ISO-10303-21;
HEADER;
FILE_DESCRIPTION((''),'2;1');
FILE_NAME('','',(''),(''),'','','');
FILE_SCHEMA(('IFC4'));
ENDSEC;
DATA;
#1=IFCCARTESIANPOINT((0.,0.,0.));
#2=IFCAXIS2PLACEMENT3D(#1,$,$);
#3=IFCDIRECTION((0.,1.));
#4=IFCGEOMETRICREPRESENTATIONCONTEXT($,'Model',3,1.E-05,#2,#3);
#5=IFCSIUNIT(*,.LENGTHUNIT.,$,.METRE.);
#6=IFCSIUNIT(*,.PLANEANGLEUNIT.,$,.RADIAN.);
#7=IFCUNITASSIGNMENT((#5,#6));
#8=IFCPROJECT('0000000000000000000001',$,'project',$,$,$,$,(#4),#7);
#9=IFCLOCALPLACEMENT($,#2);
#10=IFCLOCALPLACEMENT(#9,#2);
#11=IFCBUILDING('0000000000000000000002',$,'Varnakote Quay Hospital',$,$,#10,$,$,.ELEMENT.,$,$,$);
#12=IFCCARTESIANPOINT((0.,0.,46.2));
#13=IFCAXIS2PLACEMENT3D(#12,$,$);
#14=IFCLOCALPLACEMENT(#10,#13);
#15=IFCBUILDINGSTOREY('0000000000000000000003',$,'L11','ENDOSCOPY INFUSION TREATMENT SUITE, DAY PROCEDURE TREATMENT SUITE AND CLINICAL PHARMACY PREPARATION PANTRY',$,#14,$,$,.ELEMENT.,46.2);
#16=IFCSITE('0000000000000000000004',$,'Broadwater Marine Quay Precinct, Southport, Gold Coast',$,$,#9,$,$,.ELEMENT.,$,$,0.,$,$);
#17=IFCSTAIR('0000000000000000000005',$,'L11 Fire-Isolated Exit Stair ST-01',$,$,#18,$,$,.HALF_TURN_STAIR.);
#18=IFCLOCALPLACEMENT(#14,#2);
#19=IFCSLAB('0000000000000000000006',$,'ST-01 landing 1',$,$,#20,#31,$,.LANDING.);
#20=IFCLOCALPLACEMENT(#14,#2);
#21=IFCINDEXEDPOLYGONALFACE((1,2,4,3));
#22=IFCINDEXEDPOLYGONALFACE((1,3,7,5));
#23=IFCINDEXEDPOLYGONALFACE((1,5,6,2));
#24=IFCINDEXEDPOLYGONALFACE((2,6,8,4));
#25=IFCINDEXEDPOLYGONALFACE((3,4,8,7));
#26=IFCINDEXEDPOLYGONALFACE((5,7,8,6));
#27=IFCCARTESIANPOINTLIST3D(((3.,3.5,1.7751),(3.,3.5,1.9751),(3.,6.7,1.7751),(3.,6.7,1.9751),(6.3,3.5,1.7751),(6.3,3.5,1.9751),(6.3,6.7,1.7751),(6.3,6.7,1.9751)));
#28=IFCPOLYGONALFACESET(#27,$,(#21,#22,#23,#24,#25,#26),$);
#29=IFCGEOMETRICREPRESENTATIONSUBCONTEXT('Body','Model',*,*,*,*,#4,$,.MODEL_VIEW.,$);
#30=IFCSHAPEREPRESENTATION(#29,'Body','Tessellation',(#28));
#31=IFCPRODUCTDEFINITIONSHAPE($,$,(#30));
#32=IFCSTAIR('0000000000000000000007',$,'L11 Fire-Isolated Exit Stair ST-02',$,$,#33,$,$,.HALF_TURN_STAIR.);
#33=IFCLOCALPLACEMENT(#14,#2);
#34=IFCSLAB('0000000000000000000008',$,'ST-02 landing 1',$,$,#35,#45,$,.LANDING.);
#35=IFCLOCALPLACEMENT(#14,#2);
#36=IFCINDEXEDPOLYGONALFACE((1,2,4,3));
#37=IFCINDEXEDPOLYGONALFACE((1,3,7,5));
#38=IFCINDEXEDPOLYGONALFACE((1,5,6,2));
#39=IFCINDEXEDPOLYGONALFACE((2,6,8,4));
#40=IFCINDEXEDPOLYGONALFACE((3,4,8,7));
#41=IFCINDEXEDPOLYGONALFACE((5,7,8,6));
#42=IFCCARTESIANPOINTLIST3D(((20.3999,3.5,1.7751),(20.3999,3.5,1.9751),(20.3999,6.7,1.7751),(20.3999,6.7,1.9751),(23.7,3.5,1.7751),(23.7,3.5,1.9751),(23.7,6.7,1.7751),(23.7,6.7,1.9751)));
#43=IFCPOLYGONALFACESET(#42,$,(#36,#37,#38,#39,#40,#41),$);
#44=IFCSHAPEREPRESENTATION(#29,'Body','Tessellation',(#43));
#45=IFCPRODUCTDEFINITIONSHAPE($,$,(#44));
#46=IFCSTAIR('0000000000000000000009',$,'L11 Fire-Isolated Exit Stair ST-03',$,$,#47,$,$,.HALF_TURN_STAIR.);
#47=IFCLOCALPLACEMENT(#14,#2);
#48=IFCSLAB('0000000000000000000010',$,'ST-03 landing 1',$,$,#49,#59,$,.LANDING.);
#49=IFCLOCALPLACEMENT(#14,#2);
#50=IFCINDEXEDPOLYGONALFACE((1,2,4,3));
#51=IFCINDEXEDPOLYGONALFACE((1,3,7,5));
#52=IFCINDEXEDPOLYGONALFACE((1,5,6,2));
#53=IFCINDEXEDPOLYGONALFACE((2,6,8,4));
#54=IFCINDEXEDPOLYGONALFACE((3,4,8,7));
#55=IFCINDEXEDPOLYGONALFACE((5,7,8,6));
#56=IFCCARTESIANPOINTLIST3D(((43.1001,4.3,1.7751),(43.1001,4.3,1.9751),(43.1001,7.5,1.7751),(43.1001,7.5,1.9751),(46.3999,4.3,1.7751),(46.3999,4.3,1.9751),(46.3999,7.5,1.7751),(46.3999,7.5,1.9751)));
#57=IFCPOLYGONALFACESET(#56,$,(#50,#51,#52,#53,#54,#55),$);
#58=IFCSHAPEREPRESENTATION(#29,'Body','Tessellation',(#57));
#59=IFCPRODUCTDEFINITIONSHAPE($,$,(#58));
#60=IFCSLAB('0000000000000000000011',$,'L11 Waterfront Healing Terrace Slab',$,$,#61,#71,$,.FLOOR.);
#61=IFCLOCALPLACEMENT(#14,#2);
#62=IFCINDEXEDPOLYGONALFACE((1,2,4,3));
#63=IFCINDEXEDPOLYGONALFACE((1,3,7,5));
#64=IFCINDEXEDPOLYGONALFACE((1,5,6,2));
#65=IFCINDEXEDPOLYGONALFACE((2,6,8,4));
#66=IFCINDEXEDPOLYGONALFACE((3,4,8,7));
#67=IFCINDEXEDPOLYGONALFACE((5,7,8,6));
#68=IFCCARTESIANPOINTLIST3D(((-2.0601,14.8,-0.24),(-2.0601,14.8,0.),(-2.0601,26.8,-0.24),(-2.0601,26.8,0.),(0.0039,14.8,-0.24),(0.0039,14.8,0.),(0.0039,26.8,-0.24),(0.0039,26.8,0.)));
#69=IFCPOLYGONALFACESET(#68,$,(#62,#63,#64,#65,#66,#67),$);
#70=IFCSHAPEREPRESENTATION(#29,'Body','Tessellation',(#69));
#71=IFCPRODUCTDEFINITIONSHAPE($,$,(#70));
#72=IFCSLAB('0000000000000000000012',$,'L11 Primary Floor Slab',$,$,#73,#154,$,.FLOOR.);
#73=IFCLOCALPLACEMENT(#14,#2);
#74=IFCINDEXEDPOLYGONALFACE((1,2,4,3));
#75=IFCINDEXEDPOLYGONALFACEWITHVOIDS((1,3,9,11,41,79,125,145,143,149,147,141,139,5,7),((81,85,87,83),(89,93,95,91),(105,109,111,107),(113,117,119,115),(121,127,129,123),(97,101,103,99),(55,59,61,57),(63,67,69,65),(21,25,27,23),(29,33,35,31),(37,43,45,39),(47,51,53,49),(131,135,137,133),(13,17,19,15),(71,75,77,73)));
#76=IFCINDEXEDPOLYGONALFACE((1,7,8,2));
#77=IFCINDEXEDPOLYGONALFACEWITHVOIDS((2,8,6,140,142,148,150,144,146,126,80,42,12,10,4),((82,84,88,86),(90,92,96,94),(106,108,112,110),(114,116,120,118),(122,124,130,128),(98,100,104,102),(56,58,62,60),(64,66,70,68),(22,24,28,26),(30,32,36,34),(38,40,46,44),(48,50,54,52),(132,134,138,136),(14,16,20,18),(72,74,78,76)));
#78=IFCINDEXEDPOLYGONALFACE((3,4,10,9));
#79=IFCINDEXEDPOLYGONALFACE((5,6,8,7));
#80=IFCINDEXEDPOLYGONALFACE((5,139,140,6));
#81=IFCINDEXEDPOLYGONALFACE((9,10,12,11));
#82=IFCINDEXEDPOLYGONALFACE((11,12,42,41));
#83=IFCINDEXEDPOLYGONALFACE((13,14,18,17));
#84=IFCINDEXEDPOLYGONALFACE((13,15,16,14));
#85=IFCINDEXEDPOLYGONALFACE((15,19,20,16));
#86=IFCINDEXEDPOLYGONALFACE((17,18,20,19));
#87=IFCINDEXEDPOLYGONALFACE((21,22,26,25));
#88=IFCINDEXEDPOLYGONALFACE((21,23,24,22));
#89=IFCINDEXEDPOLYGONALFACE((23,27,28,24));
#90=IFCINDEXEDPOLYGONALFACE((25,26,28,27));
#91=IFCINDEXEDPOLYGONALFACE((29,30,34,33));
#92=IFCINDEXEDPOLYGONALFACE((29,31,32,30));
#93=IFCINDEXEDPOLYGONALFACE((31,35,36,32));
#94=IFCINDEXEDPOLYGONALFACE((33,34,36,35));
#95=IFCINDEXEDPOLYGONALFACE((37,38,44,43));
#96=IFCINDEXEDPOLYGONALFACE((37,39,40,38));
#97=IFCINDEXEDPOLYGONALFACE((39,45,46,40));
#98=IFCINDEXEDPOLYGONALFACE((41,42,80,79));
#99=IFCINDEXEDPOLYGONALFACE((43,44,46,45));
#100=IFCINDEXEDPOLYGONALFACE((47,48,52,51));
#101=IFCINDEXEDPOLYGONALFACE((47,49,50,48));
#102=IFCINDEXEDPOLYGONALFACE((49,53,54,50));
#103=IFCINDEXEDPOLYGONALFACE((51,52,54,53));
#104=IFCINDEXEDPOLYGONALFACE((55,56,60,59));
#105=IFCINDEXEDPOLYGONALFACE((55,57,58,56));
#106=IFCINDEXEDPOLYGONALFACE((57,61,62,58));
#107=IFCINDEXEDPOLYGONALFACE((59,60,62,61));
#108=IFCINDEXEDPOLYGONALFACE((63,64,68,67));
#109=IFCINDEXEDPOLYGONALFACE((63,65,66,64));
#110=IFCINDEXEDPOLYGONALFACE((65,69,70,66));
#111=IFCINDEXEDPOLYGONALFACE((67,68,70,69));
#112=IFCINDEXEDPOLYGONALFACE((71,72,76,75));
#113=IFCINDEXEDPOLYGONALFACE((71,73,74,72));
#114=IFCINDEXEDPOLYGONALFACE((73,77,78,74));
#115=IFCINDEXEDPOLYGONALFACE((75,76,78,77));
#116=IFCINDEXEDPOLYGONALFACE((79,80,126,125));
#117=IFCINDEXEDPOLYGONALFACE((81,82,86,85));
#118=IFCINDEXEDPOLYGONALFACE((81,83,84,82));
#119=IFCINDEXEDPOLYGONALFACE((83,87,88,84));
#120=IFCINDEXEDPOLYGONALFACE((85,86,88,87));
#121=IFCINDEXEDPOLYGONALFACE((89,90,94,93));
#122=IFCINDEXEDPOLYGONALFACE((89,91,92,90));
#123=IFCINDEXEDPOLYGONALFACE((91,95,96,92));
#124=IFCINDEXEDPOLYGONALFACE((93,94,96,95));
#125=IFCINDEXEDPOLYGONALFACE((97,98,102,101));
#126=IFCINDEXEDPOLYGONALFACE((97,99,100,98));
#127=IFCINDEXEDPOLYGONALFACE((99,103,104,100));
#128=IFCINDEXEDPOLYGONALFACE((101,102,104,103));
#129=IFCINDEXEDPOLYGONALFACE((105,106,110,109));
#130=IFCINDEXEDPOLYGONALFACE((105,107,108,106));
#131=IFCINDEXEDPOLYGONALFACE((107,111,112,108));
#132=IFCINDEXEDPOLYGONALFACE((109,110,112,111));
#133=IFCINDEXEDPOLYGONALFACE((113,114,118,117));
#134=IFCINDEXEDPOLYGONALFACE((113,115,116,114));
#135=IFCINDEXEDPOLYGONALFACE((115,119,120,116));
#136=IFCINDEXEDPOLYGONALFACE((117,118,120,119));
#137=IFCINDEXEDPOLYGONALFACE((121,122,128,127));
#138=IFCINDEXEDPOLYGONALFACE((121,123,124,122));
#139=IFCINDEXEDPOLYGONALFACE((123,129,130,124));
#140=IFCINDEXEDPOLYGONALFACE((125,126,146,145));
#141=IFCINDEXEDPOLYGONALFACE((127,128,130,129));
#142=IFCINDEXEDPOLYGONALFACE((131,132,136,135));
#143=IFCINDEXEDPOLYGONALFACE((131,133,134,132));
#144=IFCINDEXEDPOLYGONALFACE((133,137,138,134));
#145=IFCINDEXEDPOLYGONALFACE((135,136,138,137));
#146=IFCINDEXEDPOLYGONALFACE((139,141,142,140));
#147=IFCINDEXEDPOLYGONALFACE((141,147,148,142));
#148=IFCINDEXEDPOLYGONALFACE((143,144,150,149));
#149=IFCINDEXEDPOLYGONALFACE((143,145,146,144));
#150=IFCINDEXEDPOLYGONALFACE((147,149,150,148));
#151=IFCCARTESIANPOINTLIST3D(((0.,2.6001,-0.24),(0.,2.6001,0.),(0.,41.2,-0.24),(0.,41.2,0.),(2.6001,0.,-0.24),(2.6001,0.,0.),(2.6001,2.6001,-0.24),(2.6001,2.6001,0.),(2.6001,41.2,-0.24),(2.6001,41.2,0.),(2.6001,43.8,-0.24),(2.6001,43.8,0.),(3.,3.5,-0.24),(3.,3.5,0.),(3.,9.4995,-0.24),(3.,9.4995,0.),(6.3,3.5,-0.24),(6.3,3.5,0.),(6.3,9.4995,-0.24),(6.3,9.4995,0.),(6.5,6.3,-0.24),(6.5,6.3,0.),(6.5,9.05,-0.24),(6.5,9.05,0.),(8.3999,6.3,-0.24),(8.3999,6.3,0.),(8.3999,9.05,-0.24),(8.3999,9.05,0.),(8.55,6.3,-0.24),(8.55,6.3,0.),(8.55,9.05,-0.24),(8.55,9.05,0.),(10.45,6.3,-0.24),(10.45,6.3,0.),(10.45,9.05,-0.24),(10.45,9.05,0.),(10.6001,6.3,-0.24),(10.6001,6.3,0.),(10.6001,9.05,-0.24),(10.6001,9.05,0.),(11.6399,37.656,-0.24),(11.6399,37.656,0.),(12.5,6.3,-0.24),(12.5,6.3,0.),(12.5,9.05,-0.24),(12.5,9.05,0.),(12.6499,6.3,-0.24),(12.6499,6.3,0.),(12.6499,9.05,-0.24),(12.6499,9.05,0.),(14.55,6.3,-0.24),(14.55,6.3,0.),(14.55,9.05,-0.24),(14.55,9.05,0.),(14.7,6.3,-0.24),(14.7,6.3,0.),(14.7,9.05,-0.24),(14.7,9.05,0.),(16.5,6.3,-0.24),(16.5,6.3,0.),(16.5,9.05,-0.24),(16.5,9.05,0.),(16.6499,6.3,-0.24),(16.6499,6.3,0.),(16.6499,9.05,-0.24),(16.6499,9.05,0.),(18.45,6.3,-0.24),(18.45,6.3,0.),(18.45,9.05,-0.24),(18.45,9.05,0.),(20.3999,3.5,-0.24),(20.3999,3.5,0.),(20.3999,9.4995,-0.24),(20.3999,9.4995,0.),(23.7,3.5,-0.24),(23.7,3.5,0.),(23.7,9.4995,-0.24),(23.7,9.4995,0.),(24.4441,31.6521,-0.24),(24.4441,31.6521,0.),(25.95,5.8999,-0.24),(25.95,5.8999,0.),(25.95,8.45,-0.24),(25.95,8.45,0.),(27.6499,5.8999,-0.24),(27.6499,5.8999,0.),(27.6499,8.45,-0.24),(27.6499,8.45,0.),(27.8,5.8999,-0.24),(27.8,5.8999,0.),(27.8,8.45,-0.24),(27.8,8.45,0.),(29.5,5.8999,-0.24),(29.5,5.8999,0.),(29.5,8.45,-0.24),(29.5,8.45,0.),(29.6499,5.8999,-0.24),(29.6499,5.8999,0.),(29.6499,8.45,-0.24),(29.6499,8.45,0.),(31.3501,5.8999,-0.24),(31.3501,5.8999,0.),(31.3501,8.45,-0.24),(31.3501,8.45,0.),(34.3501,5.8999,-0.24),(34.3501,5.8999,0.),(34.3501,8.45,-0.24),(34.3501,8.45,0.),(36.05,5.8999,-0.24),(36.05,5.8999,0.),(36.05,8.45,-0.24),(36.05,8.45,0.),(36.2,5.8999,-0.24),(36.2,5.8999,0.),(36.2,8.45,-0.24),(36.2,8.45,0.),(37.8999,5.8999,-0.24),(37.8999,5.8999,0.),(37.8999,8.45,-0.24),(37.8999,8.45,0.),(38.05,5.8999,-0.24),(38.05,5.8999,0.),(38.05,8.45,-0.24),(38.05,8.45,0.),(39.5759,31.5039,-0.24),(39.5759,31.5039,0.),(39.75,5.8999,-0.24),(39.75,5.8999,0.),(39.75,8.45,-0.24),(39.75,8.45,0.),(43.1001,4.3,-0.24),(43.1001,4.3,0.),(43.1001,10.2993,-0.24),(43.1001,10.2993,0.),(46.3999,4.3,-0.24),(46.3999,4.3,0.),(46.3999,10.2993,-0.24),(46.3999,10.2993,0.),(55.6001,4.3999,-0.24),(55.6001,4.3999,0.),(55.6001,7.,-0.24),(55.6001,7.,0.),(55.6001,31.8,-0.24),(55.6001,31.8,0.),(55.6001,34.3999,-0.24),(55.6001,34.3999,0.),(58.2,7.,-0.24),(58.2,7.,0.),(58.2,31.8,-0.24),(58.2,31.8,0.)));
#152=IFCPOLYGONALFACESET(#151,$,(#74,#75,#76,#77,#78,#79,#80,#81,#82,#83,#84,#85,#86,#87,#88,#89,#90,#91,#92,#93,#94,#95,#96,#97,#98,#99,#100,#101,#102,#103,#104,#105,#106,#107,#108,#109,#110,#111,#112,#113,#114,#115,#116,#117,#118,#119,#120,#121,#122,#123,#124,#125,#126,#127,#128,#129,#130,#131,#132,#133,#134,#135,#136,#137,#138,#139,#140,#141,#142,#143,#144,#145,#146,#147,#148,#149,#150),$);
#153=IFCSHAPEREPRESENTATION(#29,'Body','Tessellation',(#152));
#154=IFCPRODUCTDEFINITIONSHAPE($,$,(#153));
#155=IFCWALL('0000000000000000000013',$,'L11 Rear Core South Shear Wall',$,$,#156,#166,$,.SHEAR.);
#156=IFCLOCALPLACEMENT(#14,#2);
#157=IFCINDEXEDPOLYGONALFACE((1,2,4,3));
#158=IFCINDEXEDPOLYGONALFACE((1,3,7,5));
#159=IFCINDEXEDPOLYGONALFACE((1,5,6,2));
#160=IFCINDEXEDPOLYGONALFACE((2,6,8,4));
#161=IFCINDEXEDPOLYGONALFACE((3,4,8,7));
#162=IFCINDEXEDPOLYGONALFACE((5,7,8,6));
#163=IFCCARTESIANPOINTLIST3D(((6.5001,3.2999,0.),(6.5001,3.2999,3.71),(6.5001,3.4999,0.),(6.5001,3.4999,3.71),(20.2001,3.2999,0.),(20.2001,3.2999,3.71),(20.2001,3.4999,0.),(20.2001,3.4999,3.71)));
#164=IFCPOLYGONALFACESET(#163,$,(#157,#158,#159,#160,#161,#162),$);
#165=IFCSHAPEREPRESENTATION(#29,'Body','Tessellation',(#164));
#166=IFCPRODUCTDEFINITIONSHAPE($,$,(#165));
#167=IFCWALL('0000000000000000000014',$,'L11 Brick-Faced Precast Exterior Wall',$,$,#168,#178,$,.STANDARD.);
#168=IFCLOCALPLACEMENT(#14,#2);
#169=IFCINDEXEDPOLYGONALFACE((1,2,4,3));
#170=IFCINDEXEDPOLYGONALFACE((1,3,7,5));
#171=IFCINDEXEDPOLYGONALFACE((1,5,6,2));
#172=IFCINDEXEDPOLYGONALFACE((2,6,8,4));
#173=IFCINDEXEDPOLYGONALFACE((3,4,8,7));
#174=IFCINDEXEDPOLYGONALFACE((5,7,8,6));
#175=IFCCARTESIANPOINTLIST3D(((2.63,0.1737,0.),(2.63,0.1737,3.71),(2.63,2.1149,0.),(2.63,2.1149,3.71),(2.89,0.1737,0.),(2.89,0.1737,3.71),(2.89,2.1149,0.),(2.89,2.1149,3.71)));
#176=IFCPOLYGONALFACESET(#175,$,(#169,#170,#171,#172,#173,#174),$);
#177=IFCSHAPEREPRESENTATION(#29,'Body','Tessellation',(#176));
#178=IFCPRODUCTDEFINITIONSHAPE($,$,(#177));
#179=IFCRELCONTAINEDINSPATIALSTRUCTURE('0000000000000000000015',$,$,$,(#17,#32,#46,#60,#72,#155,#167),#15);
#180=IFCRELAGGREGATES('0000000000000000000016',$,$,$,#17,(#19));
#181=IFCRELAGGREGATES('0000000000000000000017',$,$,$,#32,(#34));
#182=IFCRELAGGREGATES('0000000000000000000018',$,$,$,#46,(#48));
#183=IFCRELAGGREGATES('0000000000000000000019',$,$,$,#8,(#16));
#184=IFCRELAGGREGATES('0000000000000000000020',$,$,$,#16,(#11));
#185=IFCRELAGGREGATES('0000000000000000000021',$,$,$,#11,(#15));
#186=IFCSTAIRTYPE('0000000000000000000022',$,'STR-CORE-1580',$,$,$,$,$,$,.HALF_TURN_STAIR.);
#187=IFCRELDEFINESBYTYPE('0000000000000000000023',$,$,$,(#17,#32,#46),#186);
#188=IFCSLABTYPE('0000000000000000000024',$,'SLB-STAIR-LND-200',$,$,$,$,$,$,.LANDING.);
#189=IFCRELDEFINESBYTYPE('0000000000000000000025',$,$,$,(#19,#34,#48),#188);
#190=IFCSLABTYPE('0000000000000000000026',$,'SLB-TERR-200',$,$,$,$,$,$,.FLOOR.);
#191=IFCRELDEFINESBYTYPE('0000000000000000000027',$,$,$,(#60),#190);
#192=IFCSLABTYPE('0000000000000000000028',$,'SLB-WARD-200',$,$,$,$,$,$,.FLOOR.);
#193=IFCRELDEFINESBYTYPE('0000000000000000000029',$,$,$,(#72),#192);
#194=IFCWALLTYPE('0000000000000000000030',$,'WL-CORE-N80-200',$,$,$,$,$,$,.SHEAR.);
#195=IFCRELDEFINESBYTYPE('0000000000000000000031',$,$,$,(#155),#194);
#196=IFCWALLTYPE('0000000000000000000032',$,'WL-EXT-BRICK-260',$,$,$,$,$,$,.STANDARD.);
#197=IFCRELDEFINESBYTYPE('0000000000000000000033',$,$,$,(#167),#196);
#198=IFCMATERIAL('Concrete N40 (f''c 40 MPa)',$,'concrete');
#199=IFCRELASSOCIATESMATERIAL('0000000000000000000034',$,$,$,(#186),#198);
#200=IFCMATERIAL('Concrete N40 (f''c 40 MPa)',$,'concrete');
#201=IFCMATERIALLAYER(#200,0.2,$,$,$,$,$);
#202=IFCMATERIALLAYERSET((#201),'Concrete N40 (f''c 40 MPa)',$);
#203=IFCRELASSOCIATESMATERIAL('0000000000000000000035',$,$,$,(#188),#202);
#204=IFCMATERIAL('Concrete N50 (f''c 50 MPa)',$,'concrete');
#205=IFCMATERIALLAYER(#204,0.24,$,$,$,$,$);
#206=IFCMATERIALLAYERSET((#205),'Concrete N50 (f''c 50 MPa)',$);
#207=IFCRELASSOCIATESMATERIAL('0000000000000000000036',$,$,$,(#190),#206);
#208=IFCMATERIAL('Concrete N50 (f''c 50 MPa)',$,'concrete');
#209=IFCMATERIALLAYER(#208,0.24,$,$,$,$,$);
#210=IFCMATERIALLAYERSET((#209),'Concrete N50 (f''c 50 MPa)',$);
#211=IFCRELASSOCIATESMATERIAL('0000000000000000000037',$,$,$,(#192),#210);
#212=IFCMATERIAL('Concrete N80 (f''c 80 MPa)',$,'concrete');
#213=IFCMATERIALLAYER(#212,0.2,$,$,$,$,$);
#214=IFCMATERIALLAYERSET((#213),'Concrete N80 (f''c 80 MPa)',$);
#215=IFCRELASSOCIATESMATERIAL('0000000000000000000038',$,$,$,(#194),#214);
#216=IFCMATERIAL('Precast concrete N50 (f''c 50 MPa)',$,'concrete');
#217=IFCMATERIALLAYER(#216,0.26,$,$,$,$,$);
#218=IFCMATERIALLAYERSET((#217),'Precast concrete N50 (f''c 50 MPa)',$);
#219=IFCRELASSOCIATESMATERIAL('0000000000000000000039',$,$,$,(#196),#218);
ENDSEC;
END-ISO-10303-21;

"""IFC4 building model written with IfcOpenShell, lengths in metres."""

from ifc_helpers import new_model, si_unit, direction, frame, frame_2d, origin, place, context, subcontext, project, spatial, polyline, rectangle, outline, extrude, material, layer, layer_set, type_object, element, aggregate, save


model = new_model("IFC4")

# Units and contexts
model_context = context("Model", 3, precision=1e-05, world=origin(), true_north=direction((0.0, 1.0)))
body_context = subcontext(model_context, "Body", "Model", "MODEL_VIEW")
ifc_project = project(units=[si_unit("LENGTHUNIT", "METRE"), si_unit("PLANEANGLEUNIT", "RADIAN")], contexts=[model_context])

# Site, building, storey
site_placement = place(None, origin())
site = spatial("IfcSite", under=ifc_project, at=site_placement, Name="Broadwater Marine Quay Precinct, Southport, Gold Coast", CompositionType="ELEMENT", RefElevation=0.0)
building_placement = place(site_placement, origin())
building = spatial("IfcBuilding", under=site, at=building_placement, Name="Varnakote Quay Hospital", CompositionType="ELEMENT")
storey_placement = place(building_placement, frame((0.0, 0.0, 46.2)))
storey = spatial("IfcBuildingStorey", under=building, at=storey_placement, Name="L11", Description="ENDOSCOPY INFUSION TREATMENT SUITE, DAY PROCEDURE TREATMENT SUITE AND CLINICAL PHARMACY PREPARATION PANTRY", CompositionType="ELEMENT", Elevation=46.2)

# Stairs, slabs
ifc_material_1 = material(Name="Concrete N40 (f'c 40 MPa)", Category="concrete")
stair_type = type_object("IfcStairType", Name="STR-CORE-1580", PredefinedType="HALF_TURN_STAIR", material=ifc_material_1)
stair_1_placement = place(storey_placement, origin())
stair_1 = element("IfcStair", 1, at=stair_1_placement, inside=storey, type_object=stair_type, Name="L11 Fire-Isolated Exit Stair ST-01", PredefinedType="HALF_TURN_STAIR")
ifc_material_2 = material(Name="Concrete N40 (f'c 40 MPa)", Category="concrete")
ifc_layer_1 = layer(ifc_material_2, 0.2)
ifc_layer_set_1 = layer_set([ifc_layer_1], Name="Concrete N40 (f'c 40 MPa)")
slab_type_1 = type_object("IfcSlabType", Name="SLB-STAIR-LND-200", PredefinedType="LANDING", material=ifc_layer_set_1)
slab_1_placement = place(storey_placement, frame((0.0, 0.0, 1.7751)))
slab_1 = element("IfcSlab", 2, at=slab_1_placement, type_object=slab_type_1, Name="ST-01 landing 1", PredefinedType="LANDING", context=body_context, shape_type="SweptSolid", body=[
    extrude(outline(polyline([(3.0, 6.7), (3.0, 3.5), (6.3, 3.5), (6.3, 6.7), (3.0, 6.7)])), origin(), (0.0, 0.0, 1.0), 0.2),
])
aggregate(stair_1, [slab_1])
stair_2_placement = place(storey_placement, origin())
stair_2 = element("IfcStair", 3, at=stair_2_placement, inside=storey, type_object=stair_type, Name="L11 Fire-Isolated Exit Stair ST-02", PredefinedType="HALF_TURN_STAIR")
slab_2_placement = place(storey_placement, frame((0.0, 0.0, 1.7751)))
slab_2 = element("IfcSlab", 4, at=slab_2_placement, type_object=slab_type_1, Name="ST-02 landing 1", PredefinedType="LANDING", context=body_context, shape_type="SweptSolid", body=[
    extrude(outline(polyline([(20.3999, 6.7), (20.3999, 3.5), (23.7, 3.5), (23.7, 6.7), (20.3999, 6.7)])), origin(), (0.0, 0.0, 1.0), 0.2),
])
aggregate(stair_2, [slab_2])
stair_3_placement = place(storey_placement, origin())
stair_3 = element("IfcStair", 5, at=stair_3_placement, inside=storey, type_object=stair_type, Name="L11 Fire-Isolated Exit Stair ST-03", PredefinedType="HALF_TURN_STAIR")
slab_3_placement = place(storey_placement, frame((0.0, 0.0, 1.7751)))
slab_3 = element("IfcSlab", 6, at=slab_3_placement, type_object=slab_type_1, Name="ST-03 landing 1", PredefinedType="LANDING", context=body_context, shape_type="SweptSolid", body=[
    extrude(outline(polyline([(43.1001, 7.5), (43.1001, 4.3), (46.3999, 4.3), (46.3999, 7.5), (43.1001, 7.5)])), origin(), (0.0, 0.0, 1.0), 0.2),
])
aggregate(stair_3, [slab_3])

# Slabs
ifc_material_3 = material(Name="Concrete N50 (f'c 50 MPa)", Category="concrete")
ifc_layer_2 = layer(ifc_material_3, 0.24)
ifc_layer_set_2 = layer_set([ifc_layer_2], Name="Concrete N50 (f'c 50 MPa)")
slab_type_2 = type_object("IfcSlabType", Name="SLB-TERR-200", PredefinedType="FLOOR", material=ifc_layer_set_2)
slab_4_placement = place(storey_placement, frame((0.0, 0.0, -0.24)))
element("IfcSlab", 7, at=slab_4_placement, inside=storey, type_object=slab_type_2, Name="L11 Waterfront Healing Terrace Slab", PredefinedType="FLOOR", context=body_context, shape_type="SweptSolid", body=[
    extrude(outline(polyline([(0.0039, 14.8), (0.0039, 26.8), (-2.0601, 26.8), (-2.0601, 14.8), (0.0039, 14.8)])), origin(), (0.0, 0.0, 1.0), 0.24),
])
ifc_material_4 = material(Name="Concrete N50 (f'c 50 MPa)", Category="concrete")
ifc_layer_3 = layer(ifc_material_4, 0.24)
ifc_layer_set_3 = layer_set([ifc_layer_3], Name="Concrete N50 (f'c 50 MPa)")
slab_type_3 = type_object("IfcSlabType", Name="SLB-WARD-200", PredefinedType="FLOOR", material=ifc_layer_set_3)
slab_5_placement = place(storey_placement, frame((0.0, 0.0, -0.24)))
element("IfcSlab", 8, at=slab_5_placement, inside=storey, type_object=slab_type_3, Name="L11 Primary Floor Slab", PredefinedType="FLOOR", context=body_context, shape_type="SweptSolid", body=[
    extrude(outline(polyline([(0.0, 2.6001), (2.6001, 2.6001), (2.6001, 0.0), (55.6001, 4.3999), (55.6001, 7.0), (58.2, 7.0), (58.2, 31.8), (55.6001, 31.8), (55.6001, 34.3999), (39.5759, 31.5039), (24.4441, 31.6521), (11.6399, 37.656), (2.6001, 43.8), (2.6001, 41.2), (0.0, 41.2), (0.0, 2.6001)]), holes=[polyline([(3.0, 3.5), (6.3, 3.5), (6.3, 9.4995), (3.0, 9.4995), (3.0, 3.5)]), polyline([(20.3999, 3.5), (23.7, 3.5), (23.7, 9.4995), (20.3999, 9.4995), (20.3999, 3.5)]), polyline([(43.1001, 4.3), (46.3999, 4.3), (46.3999, 10.2993), (43.1001, 10.2993), (43.1001, 4.3)]), polyline([(6.5, 6.3), (8.3999, 6.3), (8.3999, 9.05), (6.5, 9.05), (6.5, 6.3)]), polyline([(8.55, 6.3), (10.45, 6.3), (10.45, 9.05), (8.55, 9.05), (8.55, 6.3)]), polyline([(10.6001, 6.3), (12.5, 6.3), (12.5, 9.05), (10.6001, 9.05), (10.6001, 6.3)]), polyline([(12.6499, 6.3), (14.55, 6.3), (14.55, 9.05), (12.6499, 9.05), (12.6499, 6.3)]), polyline([(14.7, 6.3), (16.5, 6.3), (16.5, 9.05), (14.7, 9.05), (14.7, 6.3)]), polyline([(16.6499, 6.3), (18.45, 6.3), (18.45, 9.05), (16.6499, 9.05), (16.6499, 6.3)]), polyline([(25.95, 5.8999), (27.6499, 5.8999), (27.6499, 8.45), (25.95, 8.45), (25.95, 5.8999)]), polyline([(27.8, 5.8999), (29.5, 5.8999), (29.5, 8.45), (27.8, 8.45), (27.8, 5.8999)]), polyline([(29.6499, 5.8999), (31.3501, 5.8999), (31.3501, 8.45), (29.6499, 8.45), (29.6499, 5.8999)]), polyline([(34.3501, 5.8999), (36.05, 5.8999), (36.05, 8.45), (34.3501, 8.45), (34.3501, 5.8999)]), polyline([(36.2, 5.8999), (37.8999, 5.8999), (37.8999, 8.45), (36.2, 8.45), (36.2, 5.8999)]), polyline([(38.05, 5.8999), (39.75, 5.8999), (39.75, 8.45), (38.05, 8.45), (38.05, 5.8999)])]), origin(), (0.0, 0.0, 1.0), 0.24),
])

# Walls
ifc_material_5 = material(Name="Concrete N80 (f'c 80 MPa)", Category="concrete")
ifc_layer_4 = layer(ifc_material_5, 0.2)
ifc_layer_set_4 = layer_set([ifc_layer_4], Name="Concrete N80 (f'c 80 MPa)")
wall_type_1 = type_object("IfcWallType", Name="WL-CORE-N80-200", PredefinedType="SHEAR", material=ifc_layer_set_4)
wall_1_placement = place(storey_placement, frame((6.5, 3.3999, 0.0), z_axis=(0.0, 0.0, 1.0), x_axis=(1.0, 0.0, 0.0)))
element("IfcWall", 9, at=wall_1_placement, inside=storey, type_object=wall_type_1, Name="L11 Rear Core South Shear Wall", PredefinedType="SHEAR", context=body_context, shape_type="SweptSolid", body=[
    extrude(rectangle(XDim=13.7, YDim=0.2, at=frame_2d((6.8501, 0.0))), origin(), (0.0, 0.0, 1.0), 3.71),
])
ifc_material_6 = material(Name="Precast concrete N50 (f'c 50 MPa)", Category="concrete")
ifc_layer_5 = layer(ifc_material_6, 0.26)
ifc_layer_set_5 = layer_set([ifc_layer_5], Name="Precast concrete N50 (f'c 50 MPa)")
wall_type_2 = type_object("IfcWallType", Name="WL-EXT-BRICK-260", PredefinedType="STANDARD", material=ifc_layer_set_5)
wall_2_placement = place(storey_placement, frame((2.76, 2.115, 0.0), z_axis=(0.0, 0.0, 1.0), x_axis=(0.0, -1.0, 0.0)))
element("IfcWall", 10, at=wall_2_placement, inside=storey, type_object=wall_type_2, Name="L11 Brick-Faced Precast Exterior Wall", PredefinedType="STANDARD", context=body_context, shape_type="SweptSolid", body=[
    extrude(rectangle(XDim=1.9412, YDim=0.26, at=frame_2d((0.9707, 0.0))), origin(), (0.0, 0.0, 1.0), 3.71),
])

save(model, "model.ifc")
